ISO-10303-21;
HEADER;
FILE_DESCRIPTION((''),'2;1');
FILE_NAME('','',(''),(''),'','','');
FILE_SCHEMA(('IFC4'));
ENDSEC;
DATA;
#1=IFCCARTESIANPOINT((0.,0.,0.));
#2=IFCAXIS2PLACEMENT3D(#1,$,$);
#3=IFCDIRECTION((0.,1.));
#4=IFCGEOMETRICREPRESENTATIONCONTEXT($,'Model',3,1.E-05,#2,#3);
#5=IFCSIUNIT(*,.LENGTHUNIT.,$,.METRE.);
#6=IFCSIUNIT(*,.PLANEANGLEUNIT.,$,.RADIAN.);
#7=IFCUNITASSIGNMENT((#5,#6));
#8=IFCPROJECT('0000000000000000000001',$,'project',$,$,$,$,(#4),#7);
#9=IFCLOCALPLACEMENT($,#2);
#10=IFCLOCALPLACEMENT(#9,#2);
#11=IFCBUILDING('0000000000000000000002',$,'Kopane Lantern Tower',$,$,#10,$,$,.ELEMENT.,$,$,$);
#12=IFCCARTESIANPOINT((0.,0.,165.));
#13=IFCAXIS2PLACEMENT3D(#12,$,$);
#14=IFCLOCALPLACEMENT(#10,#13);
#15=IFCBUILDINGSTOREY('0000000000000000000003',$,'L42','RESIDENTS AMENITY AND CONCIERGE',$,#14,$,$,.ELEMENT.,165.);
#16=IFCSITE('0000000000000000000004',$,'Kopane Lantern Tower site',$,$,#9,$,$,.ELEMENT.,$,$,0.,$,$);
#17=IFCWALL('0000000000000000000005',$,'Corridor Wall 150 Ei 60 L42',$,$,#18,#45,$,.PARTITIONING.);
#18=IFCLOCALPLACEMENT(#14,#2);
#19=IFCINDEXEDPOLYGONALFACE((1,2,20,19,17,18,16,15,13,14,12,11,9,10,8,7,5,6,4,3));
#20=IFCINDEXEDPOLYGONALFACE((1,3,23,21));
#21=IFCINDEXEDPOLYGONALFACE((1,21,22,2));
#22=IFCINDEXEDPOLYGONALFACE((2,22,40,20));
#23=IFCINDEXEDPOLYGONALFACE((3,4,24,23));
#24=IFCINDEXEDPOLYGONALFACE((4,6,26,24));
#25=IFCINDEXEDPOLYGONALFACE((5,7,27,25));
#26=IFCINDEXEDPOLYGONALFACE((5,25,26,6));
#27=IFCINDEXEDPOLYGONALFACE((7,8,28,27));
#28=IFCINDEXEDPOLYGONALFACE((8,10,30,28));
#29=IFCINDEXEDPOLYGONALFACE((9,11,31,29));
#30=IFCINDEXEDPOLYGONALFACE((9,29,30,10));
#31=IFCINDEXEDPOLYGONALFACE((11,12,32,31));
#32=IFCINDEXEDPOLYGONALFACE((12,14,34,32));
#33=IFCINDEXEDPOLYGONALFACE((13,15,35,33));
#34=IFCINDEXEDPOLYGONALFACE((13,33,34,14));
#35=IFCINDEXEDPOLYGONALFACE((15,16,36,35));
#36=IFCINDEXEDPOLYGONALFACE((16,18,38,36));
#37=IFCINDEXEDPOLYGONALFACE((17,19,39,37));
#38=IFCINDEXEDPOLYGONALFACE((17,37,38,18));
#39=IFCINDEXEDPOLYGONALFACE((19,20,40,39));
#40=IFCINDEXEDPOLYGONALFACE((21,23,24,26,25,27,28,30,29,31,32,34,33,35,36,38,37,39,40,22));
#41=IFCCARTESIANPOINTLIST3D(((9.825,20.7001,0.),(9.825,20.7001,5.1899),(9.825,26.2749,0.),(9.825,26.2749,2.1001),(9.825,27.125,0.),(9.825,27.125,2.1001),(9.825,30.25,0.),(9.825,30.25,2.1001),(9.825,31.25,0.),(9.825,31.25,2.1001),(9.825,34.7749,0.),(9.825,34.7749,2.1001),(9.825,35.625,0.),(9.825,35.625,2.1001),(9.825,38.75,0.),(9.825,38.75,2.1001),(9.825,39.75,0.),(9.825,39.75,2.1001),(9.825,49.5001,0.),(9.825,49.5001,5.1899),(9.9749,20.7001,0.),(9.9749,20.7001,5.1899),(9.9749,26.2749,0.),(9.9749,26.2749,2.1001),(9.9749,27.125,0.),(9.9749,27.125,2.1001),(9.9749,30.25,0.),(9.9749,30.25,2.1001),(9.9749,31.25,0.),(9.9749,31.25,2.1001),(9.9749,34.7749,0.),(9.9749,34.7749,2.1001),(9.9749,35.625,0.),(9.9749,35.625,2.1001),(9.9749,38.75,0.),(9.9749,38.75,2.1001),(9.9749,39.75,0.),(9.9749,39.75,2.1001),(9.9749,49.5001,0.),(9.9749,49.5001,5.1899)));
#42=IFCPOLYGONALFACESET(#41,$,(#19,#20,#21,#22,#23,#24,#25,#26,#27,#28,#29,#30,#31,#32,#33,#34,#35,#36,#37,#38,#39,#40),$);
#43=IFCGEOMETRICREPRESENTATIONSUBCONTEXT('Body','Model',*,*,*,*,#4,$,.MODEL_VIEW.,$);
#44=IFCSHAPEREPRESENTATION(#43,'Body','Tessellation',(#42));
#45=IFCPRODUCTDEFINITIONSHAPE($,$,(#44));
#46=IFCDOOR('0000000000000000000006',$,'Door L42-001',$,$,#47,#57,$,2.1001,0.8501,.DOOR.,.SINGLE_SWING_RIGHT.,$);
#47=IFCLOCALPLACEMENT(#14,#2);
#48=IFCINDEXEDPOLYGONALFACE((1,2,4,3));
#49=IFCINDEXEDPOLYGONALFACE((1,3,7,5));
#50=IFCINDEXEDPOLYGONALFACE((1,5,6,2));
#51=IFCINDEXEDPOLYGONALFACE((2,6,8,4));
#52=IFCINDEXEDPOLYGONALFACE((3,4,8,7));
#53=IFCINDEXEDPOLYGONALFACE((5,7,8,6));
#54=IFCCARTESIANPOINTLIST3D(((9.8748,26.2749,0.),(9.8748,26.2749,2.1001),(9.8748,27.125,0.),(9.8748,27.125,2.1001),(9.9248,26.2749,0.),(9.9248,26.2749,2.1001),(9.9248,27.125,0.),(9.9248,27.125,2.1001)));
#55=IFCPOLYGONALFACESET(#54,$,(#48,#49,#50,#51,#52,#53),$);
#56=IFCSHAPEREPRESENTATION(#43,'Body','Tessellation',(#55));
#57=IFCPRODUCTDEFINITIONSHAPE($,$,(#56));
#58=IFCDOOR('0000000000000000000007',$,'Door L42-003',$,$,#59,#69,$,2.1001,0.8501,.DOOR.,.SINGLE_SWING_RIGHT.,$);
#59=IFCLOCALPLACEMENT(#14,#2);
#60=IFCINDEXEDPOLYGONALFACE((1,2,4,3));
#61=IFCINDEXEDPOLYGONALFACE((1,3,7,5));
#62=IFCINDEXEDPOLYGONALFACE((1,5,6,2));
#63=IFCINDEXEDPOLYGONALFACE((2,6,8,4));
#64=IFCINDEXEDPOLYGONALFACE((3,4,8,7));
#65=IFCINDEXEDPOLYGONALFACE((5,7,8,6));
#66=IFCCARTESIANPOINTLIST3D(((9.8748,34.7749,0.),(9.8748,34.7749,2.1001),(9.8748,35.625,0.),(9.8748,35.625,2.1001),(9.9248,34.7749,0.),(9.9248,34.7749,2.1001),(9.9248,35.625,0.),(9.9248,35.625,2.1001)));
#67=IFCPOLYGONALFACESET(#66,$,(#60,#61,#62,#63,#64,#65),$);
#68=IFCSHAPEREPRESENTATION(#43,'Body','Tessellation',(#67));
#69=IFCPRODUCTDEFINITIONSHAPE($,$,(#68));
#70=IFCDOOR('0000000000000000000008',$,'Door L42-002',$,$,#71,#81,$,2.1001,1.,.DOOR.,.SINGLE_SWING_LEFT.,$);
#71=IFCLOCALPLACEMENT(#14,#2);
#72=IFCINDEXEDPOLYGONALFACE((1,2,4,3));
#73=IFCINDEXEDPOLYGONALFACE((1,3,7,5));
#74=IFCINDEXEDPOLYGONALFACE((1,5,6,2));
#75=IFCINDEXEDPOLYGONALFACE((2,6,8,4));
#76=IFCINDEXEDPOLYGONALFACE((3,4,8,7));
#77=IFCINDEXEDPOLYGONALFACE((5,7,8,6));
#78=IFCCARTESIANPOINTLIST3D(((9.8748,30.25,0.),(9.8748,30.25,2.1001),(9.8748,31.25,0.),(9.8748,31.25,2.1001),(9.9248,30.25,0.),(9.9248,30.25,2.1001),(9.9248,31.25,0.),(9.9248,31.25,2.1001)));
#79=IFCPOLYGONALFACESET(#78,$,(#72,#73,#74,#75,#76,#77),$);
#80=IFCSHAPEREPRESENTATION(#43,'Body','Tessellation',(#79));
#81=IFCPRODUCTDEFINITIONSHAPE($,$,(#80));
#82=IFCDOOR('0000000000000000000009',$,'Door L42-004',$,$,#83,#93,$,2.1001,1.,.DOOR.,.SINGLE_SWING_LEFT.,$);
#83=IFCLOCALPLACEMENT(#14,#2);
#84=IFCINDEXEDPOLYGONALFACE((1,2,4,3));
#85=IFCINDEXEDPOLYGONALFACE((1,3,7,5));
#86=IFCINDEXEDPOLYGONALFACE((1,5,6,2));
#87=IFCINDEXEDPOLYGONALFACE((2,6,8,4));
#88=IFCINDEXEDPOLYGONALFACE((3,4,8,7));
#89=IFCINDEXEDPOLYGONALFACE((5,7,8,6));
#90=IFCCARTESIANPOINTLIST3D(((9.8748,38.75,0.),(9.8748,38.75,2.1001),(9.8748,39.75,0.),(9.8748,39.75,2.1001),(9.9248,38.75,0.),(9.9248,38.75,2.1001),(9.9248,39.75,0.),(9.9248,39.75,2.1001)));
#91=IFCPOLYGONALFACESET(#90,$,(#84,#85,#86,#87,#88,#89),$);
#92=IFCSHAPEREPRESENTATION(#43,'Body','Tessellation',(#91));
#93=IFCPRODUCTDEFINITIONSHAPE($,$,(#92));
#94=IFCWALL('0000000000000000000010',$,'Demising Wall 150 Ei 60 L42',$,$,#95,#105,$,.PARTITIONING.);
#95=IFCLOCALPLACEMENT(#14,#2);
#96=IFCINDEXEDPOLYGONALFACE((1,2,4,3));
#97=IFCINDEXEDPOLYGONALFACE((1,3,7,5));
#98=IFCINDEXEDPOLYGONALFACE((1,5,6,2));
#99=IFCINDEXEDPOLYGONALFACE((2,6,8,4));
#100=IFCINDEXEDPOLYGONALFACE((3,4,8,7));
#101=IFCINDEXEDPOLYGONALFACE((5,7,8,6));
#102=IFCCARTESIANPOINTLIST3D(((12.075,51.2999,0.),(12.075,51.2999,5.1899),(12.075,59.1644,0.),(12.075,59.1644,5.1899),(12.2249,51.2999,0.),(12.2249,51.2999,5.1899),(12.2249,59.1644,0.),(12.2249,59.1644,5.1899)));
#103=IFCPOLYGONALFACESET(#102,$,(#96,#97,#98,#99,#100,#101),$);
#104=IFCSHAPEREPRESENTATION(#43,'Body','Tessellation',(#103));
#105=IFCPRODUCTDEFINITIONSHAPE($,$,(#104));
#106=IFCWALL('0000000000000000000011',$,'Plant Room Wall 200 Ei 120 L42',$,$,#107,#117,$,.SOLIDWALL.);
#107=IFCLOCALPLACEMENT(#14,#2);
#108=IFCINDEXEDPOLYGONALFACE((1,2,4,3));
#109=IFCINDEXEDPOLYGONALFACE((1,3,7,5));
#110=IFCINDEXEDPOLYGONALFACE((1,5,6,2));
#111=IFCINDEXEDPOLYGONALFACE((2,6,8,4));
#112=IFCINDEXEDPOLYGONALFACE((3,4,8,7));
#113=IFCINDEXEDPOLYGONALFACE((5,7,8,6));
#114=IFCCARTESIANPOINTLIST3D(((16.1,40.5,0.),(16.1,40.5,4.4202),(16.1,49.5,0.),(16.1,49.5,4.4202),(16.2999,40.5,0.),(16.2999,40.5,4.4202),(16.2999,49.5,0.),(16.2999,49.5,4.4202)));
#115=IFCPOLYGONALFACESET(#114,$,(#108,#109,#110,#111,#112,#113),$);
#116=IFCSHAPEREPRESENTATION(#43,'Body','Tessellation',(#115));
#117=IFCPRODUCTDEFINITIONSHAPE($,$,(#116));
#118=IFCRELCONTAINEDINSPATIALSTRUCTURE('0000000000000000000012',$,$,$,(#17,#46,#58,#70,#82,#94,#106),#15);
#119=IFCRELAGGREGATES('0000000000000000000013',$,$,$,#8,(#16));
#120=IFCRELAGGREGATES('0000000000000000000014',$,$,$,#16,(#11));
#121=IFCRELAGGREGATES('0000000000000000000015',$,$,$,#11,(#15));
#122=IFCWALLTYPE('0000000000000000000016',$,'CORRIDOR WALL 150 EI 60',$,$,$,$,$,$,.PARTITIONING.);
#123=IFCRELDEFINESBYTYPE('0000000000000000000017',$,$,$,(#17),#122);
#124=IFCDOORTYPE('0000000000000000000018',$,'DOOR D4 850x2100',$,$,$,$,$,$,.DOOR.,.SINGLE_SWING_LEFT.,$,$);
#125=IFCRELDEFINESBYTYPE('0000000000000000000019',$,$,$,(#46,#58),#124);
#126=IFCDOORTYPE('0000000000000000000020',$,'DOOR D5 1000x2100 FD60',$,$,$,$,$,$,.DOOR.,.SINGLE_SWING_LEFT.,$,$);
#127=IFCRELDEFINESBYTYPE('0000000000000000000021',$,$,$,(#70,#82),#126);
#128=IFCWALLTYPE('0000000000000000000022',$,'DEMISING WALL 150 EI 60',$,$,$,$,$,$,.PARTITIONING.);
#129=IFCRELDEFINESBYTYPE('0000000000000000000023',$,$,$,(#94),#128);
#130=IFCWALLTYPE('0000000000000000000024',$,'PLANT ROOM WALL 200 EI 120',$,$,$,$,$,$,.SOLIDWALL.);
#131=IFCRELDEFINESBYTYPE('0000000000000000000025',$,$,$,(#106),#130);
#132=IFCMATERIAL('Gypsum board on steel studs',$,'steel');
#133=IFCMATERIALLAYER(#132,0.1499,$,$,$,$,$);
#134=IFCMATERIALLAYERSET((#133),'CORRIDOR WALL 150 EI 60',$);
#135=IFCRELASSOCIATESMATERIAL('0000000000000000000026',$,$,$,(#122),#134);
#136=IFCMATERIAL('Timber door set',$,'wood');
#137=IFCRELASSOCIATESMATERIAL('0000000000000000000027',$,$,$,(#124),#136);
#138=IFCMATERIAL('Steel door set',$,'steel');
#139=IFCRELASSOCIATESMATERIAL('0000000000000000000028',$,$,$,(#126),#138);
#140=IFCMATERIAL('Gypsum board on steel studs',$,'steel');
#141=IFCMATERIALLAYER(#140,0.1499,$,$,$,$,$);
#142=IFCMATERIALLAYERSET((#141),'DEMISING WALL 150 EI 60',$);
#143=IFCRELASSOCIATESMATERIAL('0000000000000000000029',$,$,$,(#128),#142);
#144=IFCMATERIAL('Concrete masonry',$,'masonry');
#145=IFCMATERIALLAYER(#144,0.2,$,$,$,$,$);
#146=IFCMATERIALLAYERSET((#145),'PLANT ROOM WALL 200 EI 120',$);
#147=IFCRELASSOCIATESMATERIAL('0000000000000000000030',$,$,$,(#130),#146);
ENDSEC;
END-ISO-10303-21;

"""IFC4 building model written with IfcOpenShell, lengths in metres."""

from ifc_helpers import new_model, si_unit, direction, frame, frame_2d, origin, place, context, subcontext, project, spatial, rectangle, extrude, material, layer, layer_set, type_object, element, fill, save


model = new_model("IFC4")

# Units and contexts
model_context = context("Model", 3, precision=1e-05, world=origin(), true_north=direction((0.0, 1.0)))
body_context = subcontext(model_context, "Body", "Model", "MODEL_VIEW")
ifc_project = project(units=[si_unit("LENGTHUNIT", "METRE"), si_unit("PLANEANGLEUNIT", "RADIAN")], contexts=[model_context])

# Site, building, storey
site_placement = place(None, origin())
site = spatial("IfcSite", under=ifc_project, at=site_placement, Name="Kopane Lantern Tower site", CompositionType="ELEMENT", RefElevation=0.0)
building_placement = place(site_placement, origin())
building = spatial("IfcBuilding", under=site, at=building_placement, Name="Kopane Lantern Tower", CompositionType="ELEMENT")
storey_placement = place(building_placement, frame((0.0, 0.0, 165.0)))
storey = spatial("IfcBuildingStorey", under=building, at=storey_placement, Name="L42", Description="RESIDENTS AMENITY AND CONCIERGE", CompositionType="ELEMENT", Elevation=165.0)

# Wall, openings, doors
ifc_material_1 = material(Name="Gypsum board on steel studs", Category="steel")
ifc_layer_1 = layer(ifc_material_1, 0.1499)
ifc_layer_set_1 = layer_set([ifc_layer_1], Name="CORRIDOR WALL 150 EI 60")
wall_type_1 = type_object("IfcWallType", Name="CORRIDOR WALL 150 EI 60", PredefinedType="PARTITIONING", material=ifc_layer_set_1)
wall_1_placement = place(storey_placement, frame((9.8999, 49.5, 0.0), z_axis=(0.0, 0.0, 1.0), x_axis=(0.0, -1.0, 0.0)))
wall_1 = element("IfcWall", 1, at=wall_1_placement, inside=storey, type_object=wall_type_1, Name="Corridor Wall 150 Ei 60 L42", PredefinedType="PARTITIONING", context=body_context, shape_type="SweptSolid", body=[
    extrude(rectangle(XDim=28.8, YDim=0.1499, at=frame_2d((14.3999, 0.0))), origin(), (0.0, 0.0, 1.0), 5.1899),
])
opening_1_placement = place(wall_1_placement, frame((22.375, 0.0, 0.0)))
opening_1 = element("IfcOpeningElement", 2, at=opening_1_placement, cuts=wall_1, PredefinedType="OPENING", context=body_context, shape_type="SweptSolid", body=[
    extrude(rectangle(XDim=0.8501, YDim=2.1001, at=frame_2d((0.425, 1.05))), frame((0.0, 0.085, 0.0), z_axis=(0.0, -1.0, 0.0), x_axis=(1.0, 0.0, 0.0)), (0.0, 0.0, 1.0), 0.1699),
])
opening_2_placement = place(wall_1_placement, frame((18.25, 0.0, 0.0)))
opening_2 = element("IfcOpeningElement", 3, at=opening_2_placement, cuts=wall_1, PredefinedType="OPENING", context=body_context, shape_type="SweptSolid", body=[
    extrude(rectangle(XDim=1.0, YDim=2.1001, at=frame_2d((0.5, 1.05))), frame((0.0, 0.085, 0.0), z_axis=(0.0, -1.0, 0.0), x_axis=(1.0, 0.0, 0.0)), (0.0, 0.0, 1.0), 0.1699),
])
opening_3_placement = place(wall_1_placement, frame((13.875, 0.0, 0.0)))
opening_3 = element("IfcOpeningElement", 4, at=opening_3_placement, cuts=wall_1, PredefinedType="OPENING", context=body_context, shape_type="SweptSolid", body=[
    extrude(rectangle(XDim=0.8501, YDim=2.1001, at=frame_2d((0.425, 1.05))), frame((0.0, 0.085, 0.0), z_axis=(0.0, -1.0, 0.0), x_axis=(1.0, 0.0, 0.0)), (0.0, 0.0, 1.0), 0.1699),
])
opening_4_placement = place(wall_1_placement, frame((9.75, 0.0, 0.0)))
opening_4 = element("IfcOpeningElement", 5, at=opening_4_placement, cuts=wall_1, PredefinedType="OPENING", context=body_context, shape_type="SweptSolid", body=[
    extrude(rectangle(XDim=1.0, YDim=2.1001, at=frame_2d((0.5, 1.05))), frame((0.0, 0.085, 0.0), z_axis=(0.0, -1.0, 0.0), x_axis=(1.0, 0.0, 0.0)), (0.0, 0.0, 1.0), 0.1699),
])
ifc_material_2 = material(Name="Timber door set", Category="wood")
door_type_1 = type_object("IfcDoorType", Name="DOOR D4 850x2100", OperationType="SINGLE_SWING_LEFT", PredefinedType="DOOR", material=ifc_material_2)
door_1_placement = place(opening_1_placement, origin())
door_1 = element("IfcDoor", 6, at=door_1_placement, inside=storey, type_object=door_type_1, Name="Door L42-001", OperationType="SINGLE_SWING_RIGHT", OverallHeight=2.1001, OverallWidth=0.8501, PredefinedType="DOOR", context=body_context, shape_type="SweptSolid", body=[
    extrude(rectangle(XDim=0.8501, YDim=2.1001, at=frame_2d((0.425, 1.05))), frame((0.0, 0.0249, 0.0), z_axis=(0.0, -1.0, 0.0), x_axis=(1.0, 0.0, 0.0)), (0.0, 0.0, 1.0), 0.05),
])
fill(opening_1, door_1)
door_2_placement = place(opening_3_placement, origin())
door_2 = element("IfcDoor", 7, at=door_2_placement, inside=storey, type_object=door_type_1, Name="Door L42-003", OperationType="SINGLE_SWING_RIGHT", OverallHeight=2.1001, OverallWidth=0.8501, PredefinedType="DOOR", context=body_context, shape_type="SweptSolid", body=[
    extrude(rectangle(XDim=0.8501, YDim=2.1001, at=frame_2d((0.425, 1.05))), frame((0.0, 0.0249, 0.0), z_axis=(0.0, -1.0, 0.0), x_axis=(1.0, 0.0, 0.0)), (0.0, 0.0, 1.0), 0.05),
])
fill(opening_3, door_2)
ifc_material_3 = material(Name="Steel door set", Category="steel")
door_type_2 = type_object("IfcDoorType", Name="DOOR D5 1000x2100 FD60", OperationType="SINGLE_SWING_LEFT", PredefinedType="DOOR", material=ifc_material_3)
door_3_placement = place(opening_2_placement, origin())
door_3 = element("IfcDoor", 8, at=door_3_placement, inside=storey, type_object=door_type_2, Name="Door L42-002", OperationType="SINGLE_SWING_LEFT", OverallHeight=2.1001, OverallWidth=1.0, PredefinedType="DOOR", context=body_context, shape_type="SweptSolid", body=[
    extrude(rectangle(XDim=1.0, YDim=2.1001, at=frame_2d((0.5, 1.05))), frame((0.0, 0.0249, 0.0), z_axis=(0.0, -1.0, 0.0), x_axis=(1.0, 0.0, 0.0)), (0.0, 0.0, 1.0), 0.05),
])
fill(opening_2, door_3)
door_4_placement = place(opening_4_placement, origin())
door_4 = element("IfcDoor", 9, at=door_4_placement, inside=storey, type_object=door_type_2, Name="Door L42-004", OperationType="SINGLE_SWING_LEFT", OverallHeight=2.1001, OverallWidth=1.0, PredefinedType="DOOR", context=body_context, shape_type="SweptSolid", body=[
    extrude(rectangle(XDim=1.0, YDim=2.1001, at=frame_2d((0.5, 1.05))), frame((0.0, 0.0249, 0.0), z_axis=(0.0, -1.0, 0.0), x_axis=(1.0, 0.0, 0.0)), (0.0, 0.0, 1.0), 0.05),
])
fill(opening_4, door_4)

# Walls
ifc_material_4 = material(Name="Gypsum board on steel studs", Category="steel")
ifc_layer_2 = layer(ifc_material_4, 0.1499)
ifc_layer_set_2 = layer_set([ifc_layer_2], Name="DEMISING WALL 150 EI 60")
wall_type_2 = type_object("IfcWallType", Name="DEMISING WALL 150 EI 60", PredefinedType="PARTITIONING", material=ifc_layer_set_2)
wall_2_placement = place(storey_placement, frame((12.1499, 51.3, 0.0), z_axis=(0.0, 0.0, 1.0), x_axis=(0.0, 1.0, 0.0)))
element("IfcWall", 10, at=wall_2_placement, inside=storey, type_object=wall_type_2, Name="Demising Wall 150 Ei 60 L42", PredefinedType="PARTITIONING", context=body_context, shape_type="SweptSolid", body=[
    extrude(rectangle(XDim=7.8645, YDim=0.1499, at=frame_2d((3.9321, 0.0))), origin(), (0.0, 0.0, 1.0), 5.1899),
])
ifc_material_5 = material(Name="Concrete masonry", Category="masonry")
ifc_layer_3 = layer(ifc_material_5, 0.2)
ifc_layer_set_3 = layer_set([ifc_layer_3], Name="PLANT ROOM WALL 200 EI 120")
wall_type_3 = type_object("IfcWallType", Name="PLANT ROOM WALL 200 EI 120", PredefinedType="SOLIDWALL", material=ifc_layer_set_3)
wall_3_placement = place(storey_placement, frame((16.2, 40.5, 0.0), z_axis=(0.0, 0.0, 1.0), x_axis=(0.0, 1.0, 0.0)))
element("IfcWall", 11, at=wall_3_placement, inside=storey, type_object=wall_type_3, Name="Plant Room Wall 200 Ei 120 L42", PredefinedType="SOLIDWALL", context=body_context, shape_type="SweptSolid", body=[
    extrude(rectangle(XDim=9.0, YDim=0.2, at=frame_2d((4.5, 0.0))), origin(), (0.0, 0.0, 1.0), 4.4202),
])

save(model, "model.ifc")
